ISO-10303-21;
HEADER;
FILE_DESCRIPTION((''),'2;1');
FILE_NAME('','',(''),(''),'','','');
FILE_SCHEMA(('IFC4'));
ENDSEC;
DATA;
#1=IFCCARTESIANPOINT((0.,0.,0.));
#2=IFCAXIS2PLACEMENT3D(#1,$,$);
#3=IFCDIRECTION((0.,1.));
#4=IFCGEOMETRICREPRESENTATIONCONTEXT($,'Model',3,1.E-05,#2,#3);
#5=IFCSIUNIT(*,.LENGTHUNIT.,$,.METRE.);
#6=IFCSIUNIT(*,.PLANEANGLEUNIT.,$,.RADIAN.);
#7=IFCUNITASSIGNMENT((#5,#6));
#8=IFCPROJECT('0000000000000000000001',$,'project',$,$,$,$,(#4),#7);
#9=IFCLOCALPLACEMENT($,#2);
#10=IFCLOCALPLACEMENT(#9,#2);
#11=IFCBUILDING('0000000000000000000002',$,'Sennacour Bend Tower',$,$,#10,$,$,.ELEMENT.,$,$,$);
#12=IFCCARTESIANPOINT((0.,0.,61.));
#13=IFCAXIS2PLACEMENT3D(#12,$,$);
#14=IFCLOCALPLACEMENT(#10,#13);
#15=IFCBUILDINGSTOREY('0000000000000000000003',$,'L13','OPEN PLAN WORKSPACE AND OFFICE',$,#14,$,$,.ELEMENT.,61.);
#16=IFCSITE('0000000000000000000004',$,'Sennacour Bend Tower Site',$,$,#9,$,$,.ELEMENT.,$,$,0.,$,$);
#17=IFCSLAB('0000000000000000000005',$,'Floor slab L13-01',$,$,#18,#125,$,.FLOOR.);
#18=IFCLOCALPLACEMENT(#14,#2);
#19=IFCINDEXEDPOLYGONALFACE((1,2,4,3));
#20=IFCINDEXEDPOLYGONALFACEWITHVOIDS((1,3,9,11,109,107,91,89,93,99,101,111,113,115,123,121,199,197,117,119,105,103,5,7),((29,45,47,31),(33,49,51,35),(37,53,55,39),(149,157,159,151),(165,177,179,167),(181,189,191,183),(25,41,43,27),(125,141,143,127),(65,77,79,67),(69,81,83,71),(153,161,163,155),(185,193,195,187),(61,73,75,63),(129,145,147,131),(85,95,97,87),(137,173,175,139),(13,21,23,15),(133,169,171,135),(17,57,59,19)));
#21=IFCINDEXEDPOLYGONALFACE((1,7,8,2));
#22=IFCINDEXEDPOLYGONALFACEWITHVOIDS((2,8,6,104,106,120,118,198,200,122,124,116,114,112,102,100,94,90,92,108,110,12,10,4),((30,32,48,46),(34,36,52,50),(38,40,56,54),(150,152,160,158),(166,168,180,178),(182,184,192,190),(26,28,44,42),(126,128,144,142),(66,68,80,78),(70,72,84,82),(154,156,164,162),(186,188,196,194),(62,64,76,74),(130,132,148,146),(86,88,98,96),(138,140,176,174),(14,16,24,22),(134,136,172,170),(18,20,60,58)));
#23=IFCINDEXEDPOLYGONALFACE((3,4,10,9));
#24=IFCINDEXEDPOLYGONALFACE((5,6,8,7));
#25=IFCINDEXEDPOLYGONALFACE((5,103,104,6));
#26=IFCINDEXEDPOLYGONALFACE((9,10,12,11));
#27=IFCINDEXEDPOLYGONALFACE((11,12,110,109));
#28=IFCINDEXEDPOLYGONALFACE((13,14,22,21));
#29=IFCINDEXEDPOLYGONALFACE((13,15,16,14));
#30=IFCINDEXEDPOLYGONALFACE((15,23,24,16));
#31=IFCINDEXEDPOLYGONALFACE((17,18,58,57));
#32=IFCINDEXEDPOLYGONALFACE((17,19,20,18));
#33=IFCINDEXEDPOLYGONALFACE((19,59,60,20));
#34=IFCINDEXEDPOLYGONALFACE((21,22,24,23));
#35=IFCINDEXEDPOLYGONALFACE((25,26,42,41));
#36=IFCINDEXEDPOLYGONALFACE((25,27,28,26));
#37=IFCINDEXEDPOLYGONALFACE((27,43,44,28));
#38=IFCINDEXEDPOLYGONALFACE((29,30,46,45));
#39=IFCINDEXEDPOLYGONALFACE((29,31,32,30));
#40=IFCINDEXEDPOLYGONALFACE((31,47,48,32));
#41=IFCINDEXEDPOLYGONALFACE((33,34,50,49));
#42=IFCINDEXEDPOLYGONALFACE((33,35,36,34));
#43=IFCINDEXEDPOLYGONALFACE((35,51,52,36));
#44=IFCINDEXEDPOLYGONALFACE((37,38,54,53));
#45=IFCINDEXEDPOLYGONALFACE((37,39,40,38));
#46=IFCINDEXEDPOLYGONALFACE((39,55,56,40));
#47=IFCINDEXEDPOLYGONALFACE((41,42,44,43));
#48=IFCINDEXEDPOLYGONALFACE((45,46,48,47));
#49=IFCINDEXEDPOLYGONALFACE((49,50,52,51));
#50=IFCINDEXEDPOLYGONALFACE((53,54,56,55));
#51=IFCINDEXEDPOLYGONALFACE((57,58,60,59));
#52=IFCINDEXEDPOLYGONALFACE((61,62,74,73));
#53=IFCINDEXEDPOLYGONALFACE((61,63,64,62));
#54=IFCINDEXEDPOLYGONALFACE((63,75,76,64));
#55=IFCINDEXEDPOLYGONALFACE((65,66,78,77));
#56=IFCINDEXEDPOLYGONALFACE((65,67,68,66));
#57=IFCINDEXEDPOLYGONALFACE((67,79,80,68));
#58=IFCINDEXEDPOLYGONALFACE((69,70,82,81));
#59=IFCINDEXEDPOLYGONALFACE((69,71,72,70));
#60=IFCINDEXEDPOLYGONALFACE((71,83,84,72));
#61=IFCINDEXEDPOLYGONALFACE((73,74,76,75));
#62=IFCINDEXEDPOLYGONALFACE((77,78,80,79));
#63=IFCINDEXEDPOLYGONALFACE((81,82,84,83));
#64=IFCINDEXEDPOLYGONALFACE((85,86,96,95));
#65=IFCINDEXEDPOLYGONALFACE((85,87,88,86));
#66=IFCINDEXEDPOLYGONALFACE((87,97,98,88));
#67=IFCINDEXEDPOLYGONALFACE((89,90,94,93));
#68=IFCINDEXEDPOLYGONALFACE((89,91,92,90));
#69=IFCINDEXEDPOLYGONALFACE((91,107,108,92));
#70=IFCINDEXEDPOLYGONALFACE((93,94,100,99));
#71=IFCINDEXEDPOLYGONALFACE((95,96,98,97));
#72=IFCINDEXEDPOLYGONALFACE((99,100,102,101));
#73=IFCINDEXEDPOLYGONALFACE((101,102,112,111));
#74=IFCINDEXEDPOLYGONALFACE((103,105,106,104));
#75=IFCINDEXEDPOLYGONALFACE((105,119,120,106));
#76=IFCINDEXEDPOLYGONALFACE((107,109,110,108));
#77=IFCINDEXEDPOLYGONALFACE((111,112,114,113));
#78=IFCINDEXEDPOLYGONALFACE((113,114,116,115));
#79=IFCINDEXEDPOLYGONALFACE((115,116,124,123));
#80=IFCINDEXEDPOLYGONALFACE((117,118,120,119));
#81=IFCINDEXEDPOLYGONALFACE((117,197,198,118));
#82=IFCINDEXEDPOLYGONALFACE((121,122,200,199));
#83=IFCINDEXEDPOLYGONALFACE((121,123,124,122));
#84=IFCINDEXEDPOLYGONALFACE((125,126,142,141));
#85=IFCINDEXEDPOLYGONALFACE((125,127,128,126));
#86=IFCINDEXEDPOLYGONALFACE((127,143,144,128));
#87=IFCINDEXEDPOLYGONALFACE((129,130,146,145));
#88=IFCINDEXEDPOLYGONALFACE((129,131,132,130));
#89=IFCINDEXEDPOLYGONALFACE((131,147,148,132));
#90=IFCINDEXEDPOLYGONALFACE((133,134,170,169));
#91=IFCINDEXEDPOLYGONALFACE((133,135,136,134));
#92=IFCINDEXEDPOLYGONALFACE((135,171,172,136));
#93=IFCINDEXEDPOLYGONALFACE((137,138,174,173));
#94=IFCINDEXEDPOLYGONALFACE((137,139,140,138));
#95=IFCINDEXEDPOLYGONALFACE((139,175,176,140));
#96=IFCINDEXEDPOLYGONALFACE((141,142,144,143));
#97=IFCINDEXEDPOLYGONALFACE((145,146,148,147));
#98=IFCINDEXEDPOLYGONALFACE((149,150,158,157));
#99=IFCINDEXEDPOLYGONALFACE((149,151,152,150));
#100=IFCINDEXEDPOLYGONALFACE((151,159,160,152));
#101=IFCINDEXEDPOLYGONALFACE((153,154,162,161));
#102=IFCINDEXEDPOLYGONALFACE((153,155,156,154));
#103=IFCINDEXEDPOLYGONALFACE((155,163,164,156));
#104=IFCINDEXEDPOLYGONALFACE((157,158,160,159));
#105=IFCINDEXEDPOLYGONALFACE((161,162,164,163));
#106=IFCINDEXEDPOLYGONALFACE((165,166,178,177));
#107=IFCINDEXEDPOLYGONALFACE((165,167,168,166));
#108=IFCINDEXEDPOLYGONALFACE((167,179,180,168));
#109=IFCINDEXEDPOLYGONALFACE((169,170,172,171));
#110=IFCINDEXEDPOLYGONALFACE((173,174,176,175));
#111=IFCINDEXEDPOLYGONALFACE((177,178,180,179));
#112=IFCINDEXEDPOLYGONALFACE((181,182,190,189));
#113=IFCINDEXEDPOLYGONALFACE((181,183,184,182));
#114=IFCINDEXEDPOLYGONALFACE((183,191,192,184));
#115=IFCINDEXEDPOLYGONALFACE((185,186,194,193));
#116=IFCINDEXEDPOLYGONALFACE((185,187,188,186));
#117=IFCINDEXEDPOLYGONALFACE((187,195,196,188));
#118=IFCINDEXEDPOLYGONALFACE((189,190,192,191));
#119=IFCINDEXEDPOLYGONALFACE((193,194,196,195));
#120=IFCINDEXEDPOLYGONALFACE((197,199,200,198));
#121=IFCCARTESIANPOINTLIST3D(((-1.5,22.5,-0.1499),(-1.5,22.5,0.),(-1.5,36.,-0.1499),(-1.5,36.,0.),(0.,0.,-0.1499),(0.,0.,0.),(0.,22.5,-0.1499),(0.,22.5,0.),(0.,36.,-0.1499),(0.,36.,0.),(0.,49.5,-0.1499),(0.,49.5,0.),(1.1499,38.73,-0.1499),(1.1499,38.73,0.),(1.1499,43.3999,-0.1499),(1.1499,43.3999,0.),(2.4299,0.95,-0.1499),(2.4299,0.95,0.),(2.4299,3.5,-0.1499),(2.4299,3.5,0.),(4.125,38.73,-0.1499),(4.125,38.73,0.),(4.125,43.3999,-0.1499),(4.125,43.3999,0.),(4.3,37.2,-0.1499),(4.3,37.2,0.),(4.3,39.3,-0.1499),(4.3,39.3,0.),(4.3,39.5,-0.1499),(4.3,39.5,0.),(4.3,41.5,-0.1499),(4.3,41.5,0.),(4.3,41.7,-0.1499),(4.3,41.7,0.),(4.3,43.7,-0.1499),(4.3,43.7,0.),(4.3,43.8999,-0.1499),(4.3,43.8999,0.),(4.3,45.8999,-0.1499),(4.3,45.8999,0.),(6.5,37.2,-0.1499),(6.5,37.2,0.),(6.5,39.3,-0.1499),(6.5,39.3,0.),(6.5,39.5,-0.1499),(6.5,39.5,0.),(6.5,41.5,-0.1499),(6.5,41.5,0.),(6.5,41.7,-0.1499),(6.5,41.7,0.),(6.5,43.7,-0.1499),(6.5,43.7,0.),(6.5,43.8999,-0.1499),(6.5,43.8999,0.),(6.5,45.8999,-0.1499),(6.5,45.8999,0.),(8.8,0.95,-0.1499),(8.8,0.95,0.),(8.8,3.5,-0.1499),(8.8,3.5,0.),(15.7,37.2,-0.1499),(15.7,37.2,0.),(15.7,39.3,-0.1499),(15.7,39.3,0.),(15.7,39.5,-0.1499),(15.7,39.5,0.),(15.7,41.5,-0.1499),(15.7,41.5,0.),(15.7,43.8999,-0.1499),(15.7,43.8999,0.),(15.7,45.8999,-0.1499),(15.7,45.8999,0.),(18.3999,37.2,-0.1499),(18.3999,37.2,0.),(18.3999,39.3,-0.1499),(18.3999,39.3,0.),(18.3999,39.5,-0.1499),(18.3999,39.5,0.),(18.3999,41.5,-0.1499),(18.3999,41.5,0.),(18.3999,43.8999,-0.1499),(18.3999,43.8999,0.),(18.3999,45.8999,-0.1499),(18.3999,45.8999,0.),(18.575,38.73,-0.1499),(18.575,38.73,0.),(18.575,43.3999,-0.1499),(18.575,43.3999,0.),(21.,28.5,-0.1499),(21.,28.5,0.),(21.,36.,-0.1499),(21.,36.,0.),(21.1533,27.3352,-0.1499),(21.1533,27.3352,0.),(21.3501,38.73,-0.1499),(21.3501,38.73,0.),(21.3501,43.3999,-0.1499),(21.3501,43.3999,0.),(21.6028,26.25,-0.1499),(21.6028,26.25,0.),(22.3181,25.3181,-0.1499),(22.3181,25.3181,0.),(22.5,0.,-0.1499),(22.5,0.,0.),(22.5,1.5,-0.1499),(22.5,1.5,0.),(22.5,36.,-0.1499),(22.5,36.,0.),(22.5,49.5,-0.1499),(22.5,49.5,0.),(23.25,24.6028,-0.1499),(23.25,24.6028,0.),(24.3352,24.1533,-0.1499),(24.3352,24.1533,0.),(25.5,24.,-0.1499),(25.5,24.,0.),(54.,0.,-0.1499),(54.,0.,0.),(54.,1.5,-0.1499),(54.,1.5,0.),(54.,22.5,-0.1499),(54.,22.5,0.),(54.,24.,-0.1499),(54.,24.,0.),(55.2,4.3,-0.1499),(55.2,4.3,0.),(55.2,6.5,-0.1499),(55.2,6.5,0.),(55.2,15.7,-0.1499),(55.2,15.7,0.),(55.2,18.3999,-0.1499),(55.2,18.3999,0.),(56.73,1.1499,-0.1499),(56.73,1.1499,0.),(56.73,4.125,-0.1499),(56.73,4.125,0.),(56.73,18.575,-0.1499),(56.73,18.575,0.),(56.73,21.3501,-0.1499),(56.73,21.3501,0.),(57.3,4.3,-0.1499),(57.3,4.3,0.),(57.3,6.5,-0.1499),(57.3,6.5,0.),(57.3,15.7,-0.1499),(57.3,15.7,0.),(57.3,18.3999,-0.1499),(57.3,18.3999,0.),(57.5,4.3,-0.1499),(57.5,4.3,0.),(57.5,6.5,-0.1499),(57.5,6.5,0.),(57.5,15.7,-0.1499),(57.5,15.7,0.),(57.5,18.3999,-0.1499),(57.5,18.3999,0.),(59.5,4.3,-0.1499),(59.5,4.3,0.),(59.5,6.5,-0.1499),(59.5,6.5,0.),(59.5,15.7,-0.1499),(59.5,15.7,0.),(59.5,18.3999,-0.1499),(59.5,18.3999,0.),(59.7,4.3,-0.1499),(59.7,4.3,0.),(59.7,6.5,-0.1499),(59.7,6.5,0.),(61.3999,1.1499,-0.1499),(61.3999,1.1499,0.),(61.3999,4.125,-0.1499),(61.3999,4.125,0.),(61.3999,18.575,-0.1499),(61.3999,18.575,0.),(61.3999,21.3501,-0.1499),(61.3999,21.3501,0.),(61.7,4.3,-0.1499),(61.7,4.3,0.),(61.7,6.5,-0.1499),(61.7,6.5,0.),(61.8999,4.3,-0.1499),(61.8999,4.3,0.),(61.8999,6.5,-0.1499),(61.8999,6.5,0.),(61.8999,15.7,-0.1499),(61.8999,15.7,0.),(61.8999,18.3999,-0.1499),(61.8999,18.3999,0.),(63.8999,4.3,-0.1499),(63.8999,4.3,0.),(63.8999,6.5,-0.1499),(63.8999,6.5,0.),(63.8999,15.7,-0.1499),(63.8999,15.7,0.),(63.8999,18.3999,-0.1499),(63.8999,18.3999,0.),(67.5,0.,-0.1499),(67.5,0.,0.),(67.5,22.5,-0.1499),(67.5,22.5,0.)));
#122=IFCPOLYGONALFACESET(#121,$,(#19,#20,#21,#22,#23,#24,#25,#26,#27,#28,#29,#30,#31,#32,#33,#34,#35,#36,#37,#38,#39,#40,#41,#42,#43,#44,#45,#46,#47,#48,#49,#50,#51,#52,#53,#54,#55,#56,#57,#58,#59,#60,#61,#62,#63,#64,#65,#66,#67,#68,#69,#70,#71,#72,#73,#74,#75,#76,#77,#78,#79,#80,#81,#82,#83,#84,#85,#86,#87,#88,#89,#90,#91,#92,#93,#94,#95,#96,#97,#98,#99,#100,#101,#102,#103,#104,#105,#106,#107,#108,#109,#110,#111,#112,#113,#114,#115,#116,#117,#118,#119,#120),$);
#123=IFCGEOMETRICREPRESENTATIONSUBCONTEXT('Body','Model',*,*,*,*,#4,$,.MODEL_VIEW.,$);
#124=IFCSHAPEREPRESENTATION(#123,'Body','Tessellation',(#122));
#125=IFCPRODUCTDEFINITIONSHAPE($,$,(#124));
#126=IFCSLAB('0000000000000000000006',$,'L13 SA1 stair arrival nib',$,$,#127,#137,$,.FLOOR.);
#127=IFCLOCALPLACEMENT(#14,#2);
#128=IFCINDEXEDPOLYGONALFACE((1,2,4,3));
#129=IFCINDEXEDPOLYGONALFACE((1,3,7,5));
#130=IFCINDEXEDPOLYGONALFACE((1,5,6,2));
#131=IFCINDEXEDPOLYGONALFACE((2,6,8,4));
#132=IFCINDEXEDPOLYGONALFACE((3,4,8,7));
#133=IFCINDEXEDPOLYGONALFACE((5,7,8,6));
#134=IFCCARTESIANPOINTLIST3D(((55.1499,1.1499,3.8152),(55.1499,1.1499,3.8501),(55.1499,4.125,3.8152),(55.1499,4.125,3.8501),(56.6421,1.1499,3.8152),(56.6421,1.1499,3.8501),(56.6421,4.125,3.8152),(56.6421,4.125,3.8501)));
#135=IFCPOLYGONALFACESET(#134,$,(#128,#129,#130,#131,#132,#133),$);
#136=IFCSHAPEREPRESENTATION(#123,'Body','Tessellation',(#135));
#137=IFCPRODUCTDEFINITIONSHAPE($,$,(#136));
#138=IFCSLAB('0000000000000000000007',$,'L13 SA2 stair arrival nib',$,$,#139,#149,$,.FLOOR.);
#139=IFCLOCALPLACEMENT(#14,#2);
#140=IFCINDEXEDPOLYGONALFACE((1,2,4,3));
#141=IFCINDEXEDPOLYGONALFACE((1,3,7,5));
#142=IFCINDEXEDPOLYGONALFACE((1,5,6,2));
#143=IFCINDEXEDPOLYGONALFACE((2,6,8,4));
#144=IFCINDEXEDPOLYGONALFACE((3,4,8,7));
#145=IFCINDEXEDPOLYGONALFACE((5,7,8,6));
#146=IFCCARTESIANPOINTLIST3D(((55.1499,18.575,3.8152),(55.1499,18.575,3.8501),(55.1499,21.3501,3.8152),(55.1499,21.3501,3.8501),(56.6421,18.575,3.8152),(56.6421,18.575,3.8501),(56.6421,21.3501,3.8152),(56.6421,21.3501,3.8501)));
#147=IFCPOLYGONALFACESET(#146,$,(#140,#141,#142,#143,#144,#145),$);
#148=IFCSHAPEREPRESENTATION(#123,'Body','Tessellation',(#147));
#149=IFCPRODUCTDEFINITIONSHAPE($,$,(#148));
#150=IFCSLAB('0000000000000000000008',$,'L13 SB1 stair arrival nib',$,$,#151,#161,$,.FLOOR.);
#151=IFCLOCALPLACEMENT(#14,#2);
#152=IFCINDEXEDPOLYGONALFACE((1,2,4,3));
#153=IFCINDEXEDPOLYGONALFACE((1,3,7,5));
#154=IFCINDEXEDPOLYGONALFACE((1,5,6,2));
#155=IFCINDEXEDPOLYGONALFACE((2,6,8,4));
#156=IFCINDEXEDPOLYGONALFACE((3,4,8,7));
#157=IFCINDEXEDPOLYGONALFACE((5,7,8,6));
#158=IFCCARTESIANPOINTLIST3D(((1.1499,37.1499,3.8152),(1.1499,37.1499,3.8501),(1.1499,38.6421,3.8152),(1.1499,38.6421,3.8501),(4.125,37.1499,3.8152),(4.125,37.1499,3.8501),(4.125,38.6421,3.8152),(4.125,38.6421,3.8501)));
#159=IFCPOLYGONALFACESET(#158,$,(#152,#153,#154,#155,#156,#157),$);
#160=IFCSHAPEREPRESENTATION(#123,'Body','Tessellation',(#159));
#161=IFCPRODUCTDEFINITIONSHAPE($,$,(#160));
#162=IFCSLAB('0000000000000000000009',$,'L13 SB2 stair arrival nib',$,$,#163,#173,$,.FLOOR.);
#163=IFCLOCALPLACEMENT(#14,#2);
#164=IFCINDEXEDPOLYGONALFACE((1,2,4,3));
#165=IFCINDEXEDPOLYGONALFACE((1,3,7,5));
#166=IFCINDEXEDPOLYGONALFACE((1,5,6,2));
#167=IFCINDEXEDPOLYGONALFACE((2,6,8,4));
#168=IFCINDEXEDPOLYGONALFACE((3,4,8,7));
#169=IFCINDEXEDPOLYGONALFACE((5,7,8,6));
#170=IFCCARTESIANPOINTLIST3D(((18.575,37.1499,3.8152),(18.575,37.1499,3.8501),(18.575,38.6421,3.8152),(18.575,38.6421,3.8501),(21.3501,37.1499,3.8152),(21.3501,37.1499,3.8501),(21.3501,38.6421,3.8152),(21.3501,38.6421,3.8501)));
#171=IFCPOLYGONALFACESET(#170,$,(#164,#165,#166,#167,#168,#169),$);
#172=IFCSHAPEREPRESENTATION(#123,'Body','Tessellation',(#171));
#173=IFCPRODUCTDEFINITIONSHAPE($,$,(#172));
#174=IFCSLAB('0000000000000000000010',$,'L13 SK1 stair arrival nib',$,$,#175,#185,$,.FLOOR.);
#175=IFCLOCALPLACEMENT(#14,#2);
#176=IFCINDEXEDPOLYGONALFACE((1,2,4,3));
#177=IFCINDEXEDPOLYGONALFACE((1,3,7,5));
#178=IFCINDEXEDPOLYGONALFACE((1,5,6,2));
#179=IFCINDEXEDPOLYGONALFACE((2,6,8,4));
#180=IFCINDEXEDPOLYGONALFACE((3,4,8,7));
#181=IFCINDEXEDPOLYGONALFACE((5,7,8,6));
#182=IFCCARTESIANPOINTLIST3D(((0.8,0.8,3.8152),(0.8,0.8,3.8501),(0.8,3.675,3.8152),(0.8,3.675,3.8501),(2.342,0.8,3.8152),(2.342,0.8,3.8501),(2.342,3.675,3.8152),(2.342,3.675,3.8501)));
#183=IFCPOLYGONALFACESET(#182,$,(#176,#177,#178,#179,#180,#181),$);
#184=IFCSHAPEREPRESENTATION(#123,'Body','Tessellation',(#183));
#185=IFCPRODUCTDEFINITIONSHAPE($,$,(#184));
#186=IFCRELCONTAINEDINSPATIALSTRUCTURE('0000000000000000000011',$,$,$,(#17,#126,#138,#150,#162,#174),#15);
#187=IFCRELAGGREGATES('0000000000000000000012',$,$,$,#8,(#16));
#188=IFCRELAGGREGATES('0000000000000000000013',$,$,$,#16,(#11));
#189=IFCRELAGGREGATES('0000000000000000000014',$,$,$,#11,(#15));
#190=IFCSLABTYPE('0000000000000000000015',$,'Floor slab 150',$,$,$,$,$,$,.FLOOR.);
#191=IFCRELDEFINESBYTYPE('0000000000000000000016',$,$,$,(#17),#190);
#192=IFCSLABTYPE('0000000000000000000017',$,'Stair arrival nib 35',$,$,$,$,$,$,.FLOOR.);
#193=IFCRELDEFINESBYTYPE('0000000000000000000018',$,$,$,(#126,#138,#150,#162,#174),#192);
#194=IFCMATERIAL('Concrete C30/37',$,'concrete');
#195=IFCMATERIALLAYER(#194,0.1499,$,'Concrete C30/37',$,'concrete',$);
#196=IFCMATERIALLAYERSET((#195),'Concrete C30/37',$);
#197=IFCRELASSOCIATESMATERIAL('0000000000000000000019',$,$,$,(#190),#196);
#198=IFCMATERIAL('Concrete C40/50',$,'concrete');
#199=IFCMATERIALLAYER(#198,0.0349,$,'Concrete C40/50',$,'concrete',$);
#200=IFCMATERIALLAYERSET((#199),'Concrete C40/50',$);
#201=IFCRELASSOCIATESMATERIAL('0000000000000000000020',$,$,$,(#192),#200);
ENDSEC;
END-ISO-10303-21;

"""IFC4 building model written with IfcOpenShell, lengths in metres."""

from ifc_helpers import new_model, si_unit, direction, frame, origin, place, context, subcontext, project, spatial, polyline, outline, extrude, material, layer, layer_set, type_object, element, save


model = new_model("IFC4")

# Units and contexts
model_context = context("Model", 3, precision=1e-05, world=origin(), true_north=direction((0.0, 1.0)))
body_context = subcontext(model_context, "Body", "Model", "MODEL_VIEW")
ifc_project = project(units=[si_unit("LENGTHUNIT", "METRE"), si_unit("PLANEANGLEUNIT", "RADIAN")], contexts=[model_context])

# Site, building, storey
site_placement = place(None, origin())
site = spatial("IfcSite", under=ifc_project, at=site_placement, Name="Sennacour Bend Tower Site", CompositionType="ELEMENT", RefElevation=0.0)
building_placement = place(site_placement, origin())
building = spatial("IfcBuilding", under=site, at=building_placement, Name="Sennacour Bend Tower", CompositionType="ELEMENT")
storey_placement = place(building_placement, frame((0.0, 0.0, 61.0)))
storey = spatial("IfcBuildingStorey", under=building, at=storey_placement, Name="L13", Description="OPEN PLAN WORKSPACE AND OFFICE", CompositionType="ELEMENT", Elevation=61.0)

# Slabs
ifc_material_1 = material(Name="Concrete C30/37", Category="concrete")
ifc_layer_1 = layer(ifc_material_1, 0.1499, Name="Concrete C30/37", Category="concrete")
ifc_layer_set_1 = layer_set([ifc_layer_1], Name="Concrete C30/37")
slab_type_1 = type_object("IfcSlabType", Name="Floor slab 150", PredefinedType="FLOOR", material=ifc_layer_set_1)
slab_1_placement = place(storey_placement, frame((0.0, 0.0, -0.1499)))
element("IfcSlab", 1, at=slab_1_placement, inside=storey, type_object=slab_type_1, Name="Floor slab L13-01", PredefinedType="FLOOR", context=body_context, shape_type="SweptSolid", body=[
    extrude(outline(polyline([(0.0, 22.5), (-1.5, 22.5), (-1.5, 36.0), (0.0, 36.0), (0.0, 49.5), (22.5, 49.5), (22.5, 36.0), (21.0, 36.0), (21.0, 28.5), (21.1533, 27.3352), (21.6028, 26.25), (22.3181, 25.3181), (23.25, 24.6028), (24.3352, 24.1533), (25.5, 24.0), (54.0, 24.0), (54.0, 22.5), (67.5, 22.5), (67.5, 0.0), (54.0, 0.0), (54.0, 1.5), (22.5, 1.5), (22.5, 0.0), (0.0, 0.0), (0.0, 22.5)]), holes=[polyline([(8.8, 0.95), (8.8, 3.5), (2.4299, 3.5), (2.4299, 0.95), (8.8, 0.95)]), polyline([(6.5, 37.2), (6.5, 39.3), (4.3, 39.3), (4.3, 37.2), (6.5, 37.2)]), polyline([(18.3999, 37.2), (18.3999, 39.3), (15.7, 39.3), (15.7, 37.2), (18.3999, 37.2)]), polyline([(6.5, 39.5), (6.5, 41.5), (4.3, 41.5), (4.3, 39.5), (6.5, 39.5)]), polyline([(18.3999, 39.5), (18.3999, 41.5), (15.7, 41.5), (15.7, 39.5), (18.3999, 39.5)]), polyline([(4.125, 38.73), (4.125, 43.3999), (1.1499, 43.3999), (1.1499, 38.73), (4.125, 38.73)]), polyline([(21.3501, 38.73), (21.3501, 43.3999), (18.575, 43.3999), (18.575, 38.73), (21.3501, 38.73)]), polyline([(4.3, 41.7), (6.5, 41.7), (6.5, 43.7), (4.3, 43.7), (4.3, 41.7)]), polyline([(4.3, 43.8999), (6.5, 43.8999), (6.5, 45.8999), (4.3, 45.8999), (4.3, 43.8999)]), polyline([(18.3999, 43.8999), (18.3999, 45.8999), (15.7, 45.8999), (15.7, 43.8999), (18.3999, 43.8999)]), polyline([(61.3999, 1.1499), (61.3999, 4.125), (56.73, 4.125), (56.73, 1.1499), (61.3999, 1.1499)]), polyline([(57.3, 4.3), (57.3, 6.5), (55.2, 6.5), (55.2, 4.3), (57.3, 4.3)]), polyline([(57.5, 4.3), (59.5, 4.3), (59.5, 6.5), (57.5, 6.5), (57.5, 4.3)]), polyline([(59.7, 4.3), (61.7, 4.3), (61.7, 6.5), (59.7, 6.5), (59.7, 4.3)]), polyline([(63.8999, 4.3), (63.8999, 6.5), (61.8999, 6.5), (61.8999, 4.3), (63.8999, 4.3)]), polyline([(57.3, 15.7), (57.3, 18.3999), (55.2, 18.3999), (55.2, 15.7), (57.3, 15.7)]), polyline([(59.5, 15.7), (59.5, 18.3999), (57.5, 18.3999), (57.5, 15.7), (59.5, 15.7)]), polyline([(61.8999, 15.7), (63.8999, 15.7), (63.8999, 18.3999), (61.8999, 18.3999), (61.8999, 15.7)]), polyline([(56.73, 18.575), (61.3999, 18.575), (61.3999, 21.3501), (56.73, 21.3501), (56.73, 18.575)])]), origin(), (0.0, 0.0, 1.0), 0.1499),
])
ifc_material_2 = material(Name="Concrete C40/50", Category="concrete")
ifc_layer_2 = layer(ifc_material_2, 0.0349, Name="Concrete C40/50", Category="concrete")
ifc_layer_set_2 = layer_set([ifc_layer_2], Name="Concrete C40/50")
slab_type_2 = type_object("IfcSlabType", Name="Stair arrival nib 35", PredefinedType="FLOOR", material=ifc_layer_set_2)
slab_2_placement = place(storey_placement, frame((0.0, 0.0, 3.8152)))
element("IfcSlab", 2, at=slab_2_placement, inside=storey, type_object=slab_type_2, Name="L13 SA1 stair arrival nib", PredefinedType="FLOOR", context=body_context, shape_type="SweptSolid", body=[
    extrude(outline(polyline([(56.6421, 4.125), (55.1499, 4.125), (55.1499, 1.1499), (56.6421, 1.1499), (56.6421, 4.125)])), origin(), (0.0, 0.0, 1.0), 0.0349),
])
slab_3_placement = place(storey_placement, frame((0.0, 0.0, 3.8152)))
element("IfcSlab", 3, at=slab_3_placement, inside=storey, type_object=slab_type_2, Name="L13 SA2 stair arrival nib", PredefinedType="FLOOR", context=body_context, shape_type="SweptSolid", body=[
    extrude(outline(polyline([(56.6421, 21.3501), (55.1499, 21.3501), (55.1499, 18.575), (56.6421, 18.575), (56.6421, 21.3501)])), origin(), (0.0, 0.0, 1.0), 0.0349),
])
slab_4_placement = place(storey_placement, frame((0.0, 0.0, 3.8152)))
element("IfcSlab", 4, at=slab_4_placement, inside=storey, type_object=slab_type_2, Name="L13 SB1 stair arrival nib", PredefinedType="FLOOR", context=body_context, shape_type="SweptSolid", body=[
    extrude(outline(polyline([(1.1499, 38.6421), (1.1499, 37.1499), (4.125, 37.1499), (4.125, 38.6421), (1.1499, 38.6421)])), origin(), (0.0, 0.0, 1.0), 0.0349),
])
slab_5_placement = place(storey_placement, frame((0.0, 0.0, 3.8152)))
element("IfcSlab", 5, at=slab_5_placement, inside=storey, type_object=slab_type_2, Name="L13 SB2 stair arrival nib", PredefinedType="FLOOR", context=body_context, shape_type="SweptSolid", body=[
    extrude(outline(polyline([(18.575, 38.6421), (18.575, 37.1499), (21.3501, 37.1499), (21.3501, 38.6421), (18.575, 38.6421)])), origin(), (0.0, 0.0, 1.0), 0.0349),
])
slab_6_placement = place(storey_placement, frame((0.0, 0.0, 3.8152)))
element("IfcSlab", 6, at=slab_6_placement, inside=storey, type_object=slab_type_2, Name="L13 SK1 stair arrival nib", PredefinedType="FLOOR", context=body_context, shape_type="SweptSolid", body=[
    extrude(outline(polyline([(2.342, 3.675), (0.8, 3.675), (0.8, 0.8), (2.342, 0.8), (2.342, 3.675)])), origin(), (0.0, 0.0, 1.0), 0.0349),
])

save(model, "model.ifc")
